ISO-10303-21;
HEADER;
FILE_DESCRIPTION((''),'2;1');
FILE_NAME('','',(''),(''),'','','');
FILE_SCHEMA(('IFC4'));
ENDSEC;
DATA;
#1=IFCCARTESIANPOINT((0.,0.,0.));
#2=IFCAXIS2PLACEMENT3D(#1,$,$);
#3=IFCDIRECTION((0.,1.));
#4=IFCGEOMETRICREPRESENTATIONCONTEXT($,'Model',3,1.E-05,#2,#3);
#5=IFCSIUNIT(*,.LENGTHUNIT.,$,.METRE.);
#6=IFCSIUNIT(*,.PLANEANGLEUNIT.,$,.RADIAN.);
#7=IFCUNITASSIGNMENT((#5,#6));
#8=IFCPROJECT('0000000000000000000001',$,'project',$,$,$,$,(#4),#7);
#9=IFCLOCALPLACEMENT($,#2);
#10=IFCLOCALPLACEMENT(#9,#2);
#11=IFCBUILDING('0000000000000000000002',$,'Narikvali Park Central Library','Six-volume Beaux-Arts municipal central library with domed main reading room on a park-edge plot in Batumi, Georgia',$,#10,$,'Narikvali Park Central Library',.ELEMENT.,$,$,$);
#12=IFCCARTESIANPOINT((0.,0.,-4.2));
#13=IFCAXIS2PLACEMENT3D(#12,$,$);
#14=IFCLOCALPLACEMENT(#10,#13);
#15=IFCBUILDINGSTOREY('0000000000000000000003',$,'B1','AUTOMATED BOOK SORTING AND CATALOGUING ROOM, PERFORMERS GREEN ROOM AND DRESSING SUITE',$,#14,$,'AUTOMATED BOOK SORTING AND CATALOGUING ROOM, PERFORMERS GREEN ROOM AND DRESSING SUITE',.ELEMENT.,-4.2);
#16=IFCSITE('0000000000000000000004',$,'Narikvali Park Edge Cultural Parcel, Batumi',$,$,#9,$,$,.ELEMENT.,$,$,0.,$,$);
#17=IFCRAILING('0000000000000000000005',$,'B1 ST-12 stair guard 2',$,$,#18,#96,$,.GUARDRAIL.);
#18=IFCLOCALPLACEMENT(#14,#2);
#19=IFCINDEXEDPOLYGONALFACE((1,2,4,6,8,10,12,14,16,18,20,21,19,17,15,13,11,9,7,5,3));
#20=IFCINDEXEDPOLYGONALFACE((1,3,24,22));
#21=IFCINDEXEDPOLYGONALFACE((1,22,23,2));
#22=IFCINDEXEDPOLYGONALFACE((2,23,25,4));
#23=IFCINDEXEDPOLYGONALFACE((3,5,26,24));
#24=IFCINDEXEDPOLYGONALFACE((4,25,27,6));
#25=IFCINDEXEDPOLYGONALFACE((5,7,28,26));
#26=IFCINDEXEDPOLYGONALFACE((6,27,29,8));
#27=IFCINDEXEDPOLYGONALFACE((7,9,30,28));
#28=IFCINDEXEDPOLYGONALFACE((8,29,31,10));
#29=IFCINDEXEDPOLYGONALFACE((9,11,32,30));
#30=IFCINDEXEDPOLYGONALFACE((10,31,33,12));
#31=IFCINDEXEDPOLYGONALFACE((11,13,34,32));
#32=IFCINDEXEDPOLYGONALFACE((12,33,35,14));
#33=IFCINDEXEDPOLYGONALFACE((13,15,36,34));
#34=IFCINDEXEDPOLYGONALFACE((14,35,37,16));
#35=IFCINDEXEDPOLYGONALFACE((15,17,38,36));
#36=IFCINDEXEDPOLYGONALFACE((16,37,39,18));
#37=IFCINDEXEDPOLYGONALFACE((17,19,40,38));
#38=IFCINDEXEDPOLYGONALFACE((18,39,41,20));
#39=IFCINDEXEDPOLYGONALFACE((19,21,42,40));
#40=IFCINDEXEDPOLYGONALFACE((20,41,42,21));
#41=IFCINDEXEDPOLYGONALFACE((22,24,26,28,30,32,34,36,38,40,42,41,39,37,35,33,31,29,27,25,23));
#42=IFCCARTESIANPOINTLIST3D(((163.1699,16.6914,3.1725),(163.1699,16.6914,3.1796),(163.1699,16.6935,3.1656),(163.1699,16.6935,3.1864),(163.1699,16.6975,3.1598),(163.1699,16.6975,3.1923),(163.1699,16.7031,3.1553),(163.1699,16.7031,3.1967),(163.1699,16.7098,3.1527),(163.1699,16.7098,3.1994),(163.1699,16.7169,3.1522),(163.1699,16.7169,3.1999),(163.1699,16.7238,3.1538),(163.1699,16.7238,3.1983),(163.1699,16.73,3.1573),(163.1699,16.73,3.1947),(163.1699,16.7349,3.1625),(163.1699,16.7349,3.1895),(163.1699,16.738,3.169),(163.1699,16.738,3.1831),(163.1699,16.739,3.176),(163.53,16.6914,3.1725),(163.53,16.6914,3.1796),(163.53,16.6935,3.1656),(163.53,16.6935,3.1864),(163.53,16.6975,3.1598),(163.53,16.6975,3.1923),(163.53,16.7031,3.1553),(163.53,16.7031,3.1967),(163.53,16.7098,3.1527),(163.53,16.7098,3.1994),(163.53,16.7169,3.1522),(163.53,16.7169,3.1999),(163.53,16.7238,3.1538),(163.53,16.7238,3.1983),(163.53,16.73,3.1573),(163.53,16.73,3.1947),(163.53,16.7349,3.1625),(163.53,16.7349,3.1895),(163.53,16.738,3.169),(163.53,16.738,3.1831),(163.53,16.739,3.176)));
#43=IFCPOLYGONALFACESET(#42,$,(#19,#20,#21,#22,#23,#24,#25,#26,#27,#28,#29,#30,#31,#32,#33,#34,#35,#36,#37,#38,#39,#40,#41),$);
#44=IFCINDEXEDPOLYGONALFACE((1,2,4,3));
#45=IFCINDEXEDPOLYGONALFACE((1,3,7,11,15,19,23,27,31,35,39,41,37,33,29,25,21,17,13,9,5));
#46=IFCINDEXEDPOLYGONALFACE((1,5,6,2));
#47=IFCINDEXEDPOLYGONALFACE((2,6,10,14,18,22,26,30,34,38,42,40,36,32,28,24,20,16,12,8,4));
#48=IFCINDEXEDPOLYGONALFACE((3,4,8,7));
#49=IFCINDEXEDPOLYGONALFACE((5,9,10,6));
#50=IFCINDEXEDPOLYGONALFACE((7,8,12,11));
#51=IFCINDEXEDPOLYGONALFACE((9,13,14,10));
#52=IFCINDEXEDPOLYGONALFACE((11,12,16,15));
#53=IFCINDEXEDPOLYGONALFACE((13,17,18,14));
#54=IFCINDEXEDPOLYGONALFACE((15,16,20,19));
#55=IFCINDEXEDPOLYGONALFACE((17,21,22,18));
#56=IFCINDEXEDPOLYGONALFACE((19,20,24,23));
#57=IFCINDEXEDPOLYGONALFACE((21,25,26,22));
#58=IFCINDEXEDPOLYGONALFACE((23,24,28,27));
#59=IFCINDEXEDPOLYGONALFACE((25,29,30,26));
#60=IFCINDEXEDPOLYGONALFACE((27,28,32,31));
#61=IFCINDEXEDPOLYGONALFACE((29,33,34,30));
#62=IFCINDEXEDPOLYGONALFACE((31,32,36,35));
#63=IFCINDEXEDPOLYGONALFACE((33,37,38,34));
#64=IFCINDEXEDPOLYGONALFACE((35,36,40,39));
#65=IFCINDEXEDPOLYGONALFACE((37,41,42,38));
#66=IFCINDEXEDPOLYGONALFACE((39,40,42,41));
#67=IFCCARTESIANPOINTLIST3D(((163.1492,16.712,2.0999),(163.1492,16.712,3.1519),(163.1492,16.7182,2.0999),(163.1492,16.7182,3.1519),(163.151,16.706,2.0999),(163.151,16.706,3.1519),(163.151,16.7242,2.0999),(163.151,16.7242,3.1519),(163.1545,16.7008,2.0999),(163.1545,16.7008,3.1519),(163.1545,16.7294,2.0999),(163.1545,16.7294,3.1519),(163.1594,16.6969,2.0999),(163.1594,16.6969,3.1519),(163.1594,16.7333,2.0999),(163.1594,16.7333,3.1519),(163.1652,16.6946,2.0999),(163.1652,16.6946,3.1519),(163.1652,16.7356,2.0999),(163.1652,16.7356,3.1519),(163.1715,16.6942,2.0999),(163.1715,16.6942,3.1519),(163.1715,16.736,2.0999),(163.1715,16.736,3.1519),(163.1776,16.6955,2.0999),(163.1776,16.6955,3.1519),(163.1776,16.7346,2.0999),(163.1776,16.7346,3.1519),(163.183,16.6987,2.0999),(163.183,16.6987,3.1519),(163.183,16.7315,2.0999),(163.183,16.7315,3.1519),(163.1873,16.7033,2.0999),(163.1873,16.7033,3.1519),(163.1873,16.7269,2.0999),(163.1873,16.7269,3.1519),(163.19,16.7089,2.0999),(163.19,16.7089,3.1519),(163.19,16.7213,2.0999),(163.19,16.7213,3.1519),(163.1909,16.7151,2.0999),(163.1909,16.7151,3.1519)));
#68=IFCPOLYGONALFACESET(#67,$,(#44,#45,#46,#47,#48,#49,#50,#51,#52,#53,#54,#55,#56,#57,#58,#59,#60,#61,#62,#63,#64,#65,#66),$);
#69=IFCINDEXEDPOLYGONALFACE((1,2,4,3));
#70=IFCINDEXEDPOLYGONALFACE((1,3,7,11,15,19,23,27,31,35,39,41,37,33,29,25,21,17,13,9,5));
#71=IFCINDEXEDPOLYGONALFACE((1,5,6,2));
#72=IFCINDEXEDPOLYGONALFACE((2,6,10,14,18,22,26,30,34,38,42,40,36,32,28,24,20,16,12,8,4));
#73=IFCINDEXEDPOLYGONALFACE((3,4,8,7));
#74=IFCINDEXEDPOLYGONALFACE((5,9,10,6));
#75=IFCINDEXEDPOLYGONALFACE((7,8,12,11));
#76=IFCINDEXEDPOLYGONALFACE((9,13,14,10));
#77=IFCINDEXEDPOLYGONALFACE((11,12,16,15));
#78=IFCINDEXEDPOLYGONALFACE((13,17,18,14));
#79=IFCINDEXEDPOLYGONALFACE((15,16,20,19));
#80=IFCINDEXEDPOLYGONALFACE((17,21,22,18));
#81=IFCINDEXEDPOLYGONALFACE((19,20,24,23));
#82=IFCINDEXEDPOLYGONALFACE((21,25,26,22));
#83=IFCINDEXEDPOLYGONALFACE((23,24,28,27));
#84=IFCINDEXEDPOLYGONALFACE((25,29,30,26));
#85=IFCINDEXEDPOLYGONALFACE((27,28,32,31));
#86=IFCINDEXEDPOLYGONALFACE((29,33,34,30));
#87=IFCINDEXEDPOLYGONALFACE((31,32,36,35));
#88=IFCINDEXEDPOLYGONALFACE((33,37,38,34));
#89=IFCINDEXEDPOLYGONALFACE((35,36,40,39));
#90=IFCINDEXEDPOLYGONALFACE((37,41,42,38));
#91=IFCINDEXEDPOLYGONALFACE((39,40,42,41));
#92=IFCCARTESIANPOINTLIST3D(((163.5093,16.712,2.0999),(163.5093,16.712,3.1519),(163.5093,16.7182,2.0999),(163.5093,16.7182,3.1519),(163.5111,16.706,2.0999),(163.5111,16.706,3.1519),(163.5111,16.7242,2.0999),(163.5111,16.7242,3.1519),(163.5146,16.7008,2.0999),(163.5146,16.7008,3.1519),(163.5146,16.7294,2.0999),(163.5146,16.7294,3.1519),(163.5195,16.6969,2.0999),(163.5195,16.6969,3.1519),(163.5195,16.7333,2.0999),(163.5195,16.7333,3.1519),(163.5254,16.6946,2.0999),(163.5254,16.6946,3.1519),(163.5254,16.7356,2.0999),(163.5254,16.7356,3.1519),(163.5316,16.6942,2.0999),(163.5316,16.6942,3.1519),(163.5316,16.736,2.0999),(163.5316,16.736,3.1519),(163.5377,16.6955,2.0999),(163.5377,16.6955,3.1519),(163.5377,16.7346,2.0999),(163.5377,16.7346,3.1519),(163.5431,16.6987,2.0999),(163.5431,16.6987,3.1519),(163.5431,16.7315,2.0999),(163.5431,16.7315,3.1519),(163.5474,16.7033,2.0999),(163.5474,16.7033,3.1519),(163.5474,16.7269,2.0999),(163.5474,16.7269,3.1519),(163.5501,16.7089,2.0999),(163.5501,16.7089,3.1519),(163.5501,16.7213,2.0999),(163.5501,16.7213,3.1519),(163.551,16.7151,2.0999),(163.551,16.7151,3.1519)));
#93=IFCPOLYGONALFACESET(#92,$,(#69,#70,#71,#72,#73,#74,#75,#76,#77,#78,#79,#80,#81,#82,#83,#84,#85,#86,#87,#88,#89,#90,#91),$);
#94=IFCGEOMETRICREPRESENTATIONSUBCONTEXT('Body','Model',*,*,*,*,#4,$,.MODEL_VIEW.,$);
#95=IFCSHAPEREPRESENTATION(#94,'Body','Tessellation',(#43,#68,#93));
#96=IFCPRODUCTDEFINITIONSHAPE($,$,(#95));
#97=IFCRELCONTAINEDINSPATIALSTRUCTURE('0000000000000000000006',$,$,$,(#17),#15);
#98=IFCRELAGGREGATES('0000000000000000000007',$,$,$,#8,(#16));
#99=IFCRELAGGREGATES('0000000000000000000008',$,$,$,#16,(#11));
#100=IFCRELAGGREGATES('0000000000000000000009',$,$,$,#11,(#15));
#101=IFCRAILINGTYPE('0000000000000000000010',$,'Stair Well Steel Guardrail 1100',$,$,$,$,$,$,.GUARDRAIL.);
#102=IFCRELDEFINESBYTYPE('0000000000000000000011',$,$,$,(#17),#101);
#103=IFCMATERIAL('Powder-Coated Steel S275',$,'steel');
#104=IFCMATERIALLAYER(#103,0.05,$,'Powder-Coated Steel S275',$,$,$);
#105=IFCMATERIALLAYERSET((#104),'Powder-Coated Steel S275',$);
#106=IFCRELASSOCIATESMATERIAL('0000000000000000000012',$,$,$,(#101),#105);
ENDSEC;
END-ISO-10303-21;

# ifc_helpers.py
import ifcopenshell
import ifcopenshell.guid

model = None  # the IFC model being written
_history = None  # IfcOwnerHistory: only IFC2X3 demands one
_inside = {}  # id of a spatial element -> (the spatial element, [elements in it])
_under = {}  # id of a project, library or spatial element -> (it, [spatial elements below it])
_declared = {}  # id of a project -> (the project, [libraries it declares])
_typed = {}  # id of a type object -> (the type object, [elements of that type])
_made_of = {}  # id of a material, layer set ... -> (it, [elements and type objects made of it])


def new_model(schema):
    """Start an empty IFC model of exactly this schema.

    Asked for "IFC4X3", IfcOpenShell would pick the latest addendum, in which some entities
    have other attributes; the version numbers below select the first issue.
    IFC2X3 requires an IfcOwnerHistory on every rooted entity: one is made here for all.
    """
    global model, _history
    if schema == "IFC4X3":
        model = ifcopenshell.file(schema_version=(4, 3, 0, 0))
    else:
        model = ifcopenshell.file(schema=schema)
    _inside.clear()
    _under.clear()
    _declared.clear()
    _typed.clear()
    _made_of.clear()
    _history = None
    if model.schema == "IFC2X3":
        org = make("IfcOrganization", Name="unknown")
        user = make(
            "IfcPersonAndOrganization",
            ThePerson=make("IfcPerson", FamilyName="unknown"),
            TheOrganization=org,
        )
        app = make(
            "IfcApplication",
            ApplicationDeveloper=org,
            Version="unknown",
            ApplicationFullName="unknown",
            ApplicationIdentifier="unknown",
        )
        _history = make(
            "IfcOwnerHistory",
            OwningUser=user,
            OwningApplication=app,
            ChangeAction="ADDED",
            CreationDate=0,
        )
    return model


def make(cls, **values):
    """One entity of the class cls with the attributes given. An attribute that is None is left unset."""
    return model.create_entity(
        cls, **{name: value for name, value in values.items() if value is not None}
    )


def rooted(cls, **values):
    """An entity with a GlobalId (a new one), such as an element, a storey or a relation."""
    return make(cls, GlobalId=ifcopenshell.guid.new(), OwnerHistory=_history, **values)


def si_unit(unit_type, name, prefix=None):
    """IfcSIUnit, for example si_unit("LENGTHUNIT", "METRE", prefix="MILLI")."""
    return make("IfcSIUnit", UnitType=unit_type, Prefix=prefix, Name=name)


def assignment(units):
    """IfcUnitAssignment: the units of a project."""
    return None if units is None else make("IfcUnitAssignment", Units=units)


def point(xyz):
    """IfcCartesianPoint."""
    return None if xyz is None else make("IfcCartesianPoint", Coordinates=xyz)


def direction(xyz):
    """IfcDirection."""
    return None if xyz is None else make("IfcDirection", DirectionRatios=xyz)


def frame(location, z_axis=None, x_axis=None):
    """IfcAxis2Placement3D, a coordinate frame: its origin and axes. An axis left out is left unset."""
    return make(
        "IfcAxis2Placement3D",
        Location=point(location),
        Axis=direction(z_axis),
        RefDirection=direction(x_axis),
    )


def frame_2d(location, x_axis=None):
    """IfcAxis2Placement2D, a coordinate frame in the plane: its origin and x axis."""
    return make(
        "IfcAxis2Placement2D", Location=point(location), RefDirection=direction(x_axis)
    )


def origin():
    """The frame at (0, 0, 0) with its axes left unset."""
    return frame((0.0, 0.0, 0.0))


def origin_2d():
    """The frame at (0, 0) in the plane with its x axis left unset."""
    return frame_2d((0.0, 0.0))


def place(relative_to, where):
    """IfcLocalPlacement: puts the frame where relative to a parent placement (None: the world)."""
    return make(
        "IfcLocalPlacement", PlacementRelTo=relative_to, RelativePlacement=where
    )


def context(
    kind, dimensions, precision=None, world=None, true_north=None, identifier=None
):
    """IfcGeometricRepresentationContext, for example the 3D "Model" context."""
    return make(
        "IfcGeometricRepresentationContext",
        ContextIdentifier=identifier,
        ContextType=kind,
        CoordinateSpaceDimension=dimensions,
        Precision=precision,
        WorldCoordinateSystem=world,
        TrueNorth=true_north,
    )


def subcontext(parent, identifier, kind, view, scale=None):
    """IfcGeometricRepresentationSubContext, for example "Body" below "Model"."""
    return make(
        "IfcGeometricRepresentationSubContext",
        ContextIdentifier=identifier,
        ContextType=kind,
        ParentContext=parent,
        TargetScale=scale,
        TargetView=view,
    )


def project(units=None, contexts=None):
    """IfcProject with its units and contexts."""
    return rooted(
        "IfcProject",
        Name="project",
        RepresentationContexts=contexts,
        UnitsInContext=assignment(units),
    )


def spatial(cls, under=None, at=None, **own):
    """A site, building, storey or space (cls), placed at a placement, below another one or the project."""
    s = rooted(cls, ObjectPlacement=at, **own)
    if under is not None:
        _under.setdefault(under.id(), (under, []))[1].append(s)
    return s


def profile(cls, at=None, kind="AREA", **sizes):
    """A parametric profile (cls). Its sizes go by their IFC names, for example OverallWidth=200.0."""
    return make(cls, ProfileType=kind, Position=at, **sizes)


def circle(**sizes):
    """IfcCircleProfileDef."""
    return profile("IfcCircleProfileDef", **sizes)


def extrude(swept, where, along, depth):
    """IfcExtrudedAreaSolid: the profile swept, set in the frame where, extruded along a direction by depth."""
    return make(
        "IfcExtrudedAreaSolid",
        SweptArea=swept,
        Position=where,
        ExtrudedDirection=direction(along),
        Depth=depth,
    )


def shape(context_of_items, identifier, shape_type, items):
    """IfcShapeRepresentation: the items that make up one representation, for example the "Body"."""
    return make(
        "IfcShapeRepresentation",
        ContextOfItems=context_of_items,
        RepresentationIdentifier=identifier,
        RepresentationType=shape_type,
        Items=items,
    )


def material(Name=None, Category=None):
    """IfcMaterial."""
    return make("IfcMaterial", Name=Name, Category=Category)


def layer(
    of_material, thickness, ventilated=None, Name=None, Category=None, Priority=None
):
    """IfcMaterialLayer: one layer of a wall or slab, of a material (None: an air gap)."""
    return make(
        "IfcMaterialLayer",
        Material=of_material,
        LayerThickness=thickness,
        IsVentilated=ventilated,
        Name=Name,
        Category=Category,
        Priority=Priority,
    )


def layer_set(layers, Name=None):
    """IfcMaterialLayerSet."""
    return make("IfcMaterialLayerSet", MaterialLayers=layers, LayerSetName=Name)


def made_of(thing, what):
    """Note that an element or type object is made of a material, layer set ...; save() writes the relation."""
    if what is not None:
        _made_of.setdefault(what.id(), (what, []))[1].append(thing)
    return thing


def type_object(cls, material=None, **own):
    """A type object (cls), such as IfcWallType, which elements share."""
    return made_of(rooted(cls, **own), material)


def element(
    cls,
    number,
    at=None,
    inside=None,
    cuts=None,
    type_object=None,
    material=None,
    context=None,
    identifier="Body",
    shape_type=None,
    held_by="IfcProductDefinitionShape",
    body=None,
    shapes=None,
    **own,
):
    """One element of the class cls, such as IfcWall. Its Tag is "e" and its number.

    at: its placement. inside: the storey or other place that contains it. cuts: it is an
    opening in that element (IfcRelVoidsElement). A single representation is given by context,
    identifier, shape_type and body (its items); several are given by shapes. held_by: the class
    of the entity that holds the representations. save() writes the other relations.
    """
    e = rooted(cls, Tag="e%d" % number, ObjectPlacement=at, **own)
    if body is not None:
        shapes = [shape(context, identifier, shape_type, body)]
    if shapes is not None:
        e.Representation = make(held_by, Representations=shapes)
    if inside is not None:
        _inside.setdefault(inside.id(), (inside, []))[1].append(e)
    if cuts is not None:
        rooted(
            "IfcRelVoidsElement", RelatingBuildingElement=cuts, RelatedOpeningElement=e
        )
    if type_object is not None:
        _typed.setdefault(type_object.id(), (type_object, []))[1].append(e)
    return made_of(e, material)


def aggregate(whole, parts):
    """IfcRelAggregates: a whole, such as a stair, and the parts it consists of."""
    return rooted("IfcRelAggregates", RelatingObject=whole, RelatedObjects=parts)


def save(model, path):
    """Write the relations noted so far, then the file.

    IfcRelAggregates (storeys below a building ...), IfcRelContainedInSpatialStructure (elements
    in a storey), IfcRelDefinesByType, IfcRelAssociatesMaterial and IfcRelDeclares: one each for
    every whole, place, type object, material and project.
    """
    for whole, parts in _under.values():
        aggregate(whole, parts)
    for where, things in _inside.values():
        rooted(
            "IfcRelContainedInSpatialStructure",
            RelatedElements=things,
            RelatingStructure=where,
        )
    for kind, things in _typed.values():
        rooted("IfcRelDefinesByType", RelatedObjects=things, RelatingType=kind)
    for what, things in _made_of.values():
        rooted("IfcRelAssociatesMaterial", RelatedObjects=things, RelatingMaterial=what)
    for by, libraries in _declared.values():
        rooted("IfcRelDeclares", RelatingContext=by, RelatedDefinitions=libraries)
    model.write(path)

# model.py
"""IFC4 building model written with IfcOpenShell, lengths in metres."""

from ifc_helpers import new_model, si_unit, direction, frame, origin, origin_2d, place, context, subcontext, project, spatial, circle, extrude, material, layer, layer_set, type_object, element, save


model = new_model("IFC4")

# Units and contexts
model_context = context("Model", 3, precision=1e-05, world=origin(), true_north=direction((0.0, 1.0)))
body_context = subcontext(model_context, "Body", "Model", "MODEL_VIEW")
ifc_project = project(units=[si_unit("LENGTHUNIT", "METRE"), si_unit("PLANEANGLEUNIT", "RADIAN")], contexts=[model_context])

# Site, building, storey
site_placement = place(None, origin())
site = spatial("IfcSite", under=ifc_project, at=site_placement, Name="Narikvali Park Edge Cultural Parcel, Batumi", CompositionType="ELEMENT", RefElevation=0.0)
building_placement = place(site_placement, origin())
building = spatial("IfcBuilding", under=site, at=building_placement, Name="Narikvali Park Central Library", Description="Six-volume Beaux-Arts municipal central library with domed main reading room on a park-edge plot in Batumi, Georgia", LongName="Narikvali Park Central Library", CompositionType="ELEMENT")
storey_placement = place(building_placement, frame((0.0, 0.0, -4.2)))
storey = spatial("IfcBuildingStorey", under=building, at=storey_placement, Name="B1", Description="AUTOMATED BOOK SORTING AND CATALOGUING ROOM, PERFORMERS GREEN ROOM AND DRESSING SUITE", LongName="AUTOMATED BOOK SORTING AND CATALOGUING ROOM, PERFORMERS GREEN ROOM AND DRESSING SUITE", CompositionType="ELEMENT", Elevation=-4.2)

# Railing
ifc_material_1 = material(Name="Powder-Coated Steel S275", Category="steel")
ifc_layer_1 = layer(ifc_material_1, 0.05, Name="Powder-Coated Steel S275")
ifc_layer_set_1 = layer_set([ifc_layer_1], Name="Powder-Coated Steel S275")
railing_type_1 = type_object("IfcRailingType", Name="Stair Well Steel Guardrail 1100", PredefinedType="GUARDRAIL", material=ifc_layer_set_1)
railing_1_placement = place(storey_placement, frame((163.1699, 16.7151, 2.0999)))
element("IfcRailing", 1, at=railing_1_placement, inside=storey, type_object=railing_type_1, Name="B1 ST-12 stair guard 2", PredefinedType="GUARDRAIL", context=body_context, shape_type="SweptSolid", body=[
    extrude(circle(Radius=0.0239, at=origin_2d()), frame((0.0, 0.0, 1.0762), z_axis=(1.0, 0.0, 0.0), x_axis=(0.0, 1.0, 0.0)), (0.0, 0.0, 1.0), 0.3601),
    extrude(circle(Radius=0.021, at=origin_2d()), origin(), (0.0, 0.0, 1.0), 1.052),
    extrude(circle(Radius=0.021, at=origin_2d()), frame((0.3601, 0.0, 0.0)), (0.0, 0.0, 1.0), 1.052),
])

save(model, "model.ifc")
